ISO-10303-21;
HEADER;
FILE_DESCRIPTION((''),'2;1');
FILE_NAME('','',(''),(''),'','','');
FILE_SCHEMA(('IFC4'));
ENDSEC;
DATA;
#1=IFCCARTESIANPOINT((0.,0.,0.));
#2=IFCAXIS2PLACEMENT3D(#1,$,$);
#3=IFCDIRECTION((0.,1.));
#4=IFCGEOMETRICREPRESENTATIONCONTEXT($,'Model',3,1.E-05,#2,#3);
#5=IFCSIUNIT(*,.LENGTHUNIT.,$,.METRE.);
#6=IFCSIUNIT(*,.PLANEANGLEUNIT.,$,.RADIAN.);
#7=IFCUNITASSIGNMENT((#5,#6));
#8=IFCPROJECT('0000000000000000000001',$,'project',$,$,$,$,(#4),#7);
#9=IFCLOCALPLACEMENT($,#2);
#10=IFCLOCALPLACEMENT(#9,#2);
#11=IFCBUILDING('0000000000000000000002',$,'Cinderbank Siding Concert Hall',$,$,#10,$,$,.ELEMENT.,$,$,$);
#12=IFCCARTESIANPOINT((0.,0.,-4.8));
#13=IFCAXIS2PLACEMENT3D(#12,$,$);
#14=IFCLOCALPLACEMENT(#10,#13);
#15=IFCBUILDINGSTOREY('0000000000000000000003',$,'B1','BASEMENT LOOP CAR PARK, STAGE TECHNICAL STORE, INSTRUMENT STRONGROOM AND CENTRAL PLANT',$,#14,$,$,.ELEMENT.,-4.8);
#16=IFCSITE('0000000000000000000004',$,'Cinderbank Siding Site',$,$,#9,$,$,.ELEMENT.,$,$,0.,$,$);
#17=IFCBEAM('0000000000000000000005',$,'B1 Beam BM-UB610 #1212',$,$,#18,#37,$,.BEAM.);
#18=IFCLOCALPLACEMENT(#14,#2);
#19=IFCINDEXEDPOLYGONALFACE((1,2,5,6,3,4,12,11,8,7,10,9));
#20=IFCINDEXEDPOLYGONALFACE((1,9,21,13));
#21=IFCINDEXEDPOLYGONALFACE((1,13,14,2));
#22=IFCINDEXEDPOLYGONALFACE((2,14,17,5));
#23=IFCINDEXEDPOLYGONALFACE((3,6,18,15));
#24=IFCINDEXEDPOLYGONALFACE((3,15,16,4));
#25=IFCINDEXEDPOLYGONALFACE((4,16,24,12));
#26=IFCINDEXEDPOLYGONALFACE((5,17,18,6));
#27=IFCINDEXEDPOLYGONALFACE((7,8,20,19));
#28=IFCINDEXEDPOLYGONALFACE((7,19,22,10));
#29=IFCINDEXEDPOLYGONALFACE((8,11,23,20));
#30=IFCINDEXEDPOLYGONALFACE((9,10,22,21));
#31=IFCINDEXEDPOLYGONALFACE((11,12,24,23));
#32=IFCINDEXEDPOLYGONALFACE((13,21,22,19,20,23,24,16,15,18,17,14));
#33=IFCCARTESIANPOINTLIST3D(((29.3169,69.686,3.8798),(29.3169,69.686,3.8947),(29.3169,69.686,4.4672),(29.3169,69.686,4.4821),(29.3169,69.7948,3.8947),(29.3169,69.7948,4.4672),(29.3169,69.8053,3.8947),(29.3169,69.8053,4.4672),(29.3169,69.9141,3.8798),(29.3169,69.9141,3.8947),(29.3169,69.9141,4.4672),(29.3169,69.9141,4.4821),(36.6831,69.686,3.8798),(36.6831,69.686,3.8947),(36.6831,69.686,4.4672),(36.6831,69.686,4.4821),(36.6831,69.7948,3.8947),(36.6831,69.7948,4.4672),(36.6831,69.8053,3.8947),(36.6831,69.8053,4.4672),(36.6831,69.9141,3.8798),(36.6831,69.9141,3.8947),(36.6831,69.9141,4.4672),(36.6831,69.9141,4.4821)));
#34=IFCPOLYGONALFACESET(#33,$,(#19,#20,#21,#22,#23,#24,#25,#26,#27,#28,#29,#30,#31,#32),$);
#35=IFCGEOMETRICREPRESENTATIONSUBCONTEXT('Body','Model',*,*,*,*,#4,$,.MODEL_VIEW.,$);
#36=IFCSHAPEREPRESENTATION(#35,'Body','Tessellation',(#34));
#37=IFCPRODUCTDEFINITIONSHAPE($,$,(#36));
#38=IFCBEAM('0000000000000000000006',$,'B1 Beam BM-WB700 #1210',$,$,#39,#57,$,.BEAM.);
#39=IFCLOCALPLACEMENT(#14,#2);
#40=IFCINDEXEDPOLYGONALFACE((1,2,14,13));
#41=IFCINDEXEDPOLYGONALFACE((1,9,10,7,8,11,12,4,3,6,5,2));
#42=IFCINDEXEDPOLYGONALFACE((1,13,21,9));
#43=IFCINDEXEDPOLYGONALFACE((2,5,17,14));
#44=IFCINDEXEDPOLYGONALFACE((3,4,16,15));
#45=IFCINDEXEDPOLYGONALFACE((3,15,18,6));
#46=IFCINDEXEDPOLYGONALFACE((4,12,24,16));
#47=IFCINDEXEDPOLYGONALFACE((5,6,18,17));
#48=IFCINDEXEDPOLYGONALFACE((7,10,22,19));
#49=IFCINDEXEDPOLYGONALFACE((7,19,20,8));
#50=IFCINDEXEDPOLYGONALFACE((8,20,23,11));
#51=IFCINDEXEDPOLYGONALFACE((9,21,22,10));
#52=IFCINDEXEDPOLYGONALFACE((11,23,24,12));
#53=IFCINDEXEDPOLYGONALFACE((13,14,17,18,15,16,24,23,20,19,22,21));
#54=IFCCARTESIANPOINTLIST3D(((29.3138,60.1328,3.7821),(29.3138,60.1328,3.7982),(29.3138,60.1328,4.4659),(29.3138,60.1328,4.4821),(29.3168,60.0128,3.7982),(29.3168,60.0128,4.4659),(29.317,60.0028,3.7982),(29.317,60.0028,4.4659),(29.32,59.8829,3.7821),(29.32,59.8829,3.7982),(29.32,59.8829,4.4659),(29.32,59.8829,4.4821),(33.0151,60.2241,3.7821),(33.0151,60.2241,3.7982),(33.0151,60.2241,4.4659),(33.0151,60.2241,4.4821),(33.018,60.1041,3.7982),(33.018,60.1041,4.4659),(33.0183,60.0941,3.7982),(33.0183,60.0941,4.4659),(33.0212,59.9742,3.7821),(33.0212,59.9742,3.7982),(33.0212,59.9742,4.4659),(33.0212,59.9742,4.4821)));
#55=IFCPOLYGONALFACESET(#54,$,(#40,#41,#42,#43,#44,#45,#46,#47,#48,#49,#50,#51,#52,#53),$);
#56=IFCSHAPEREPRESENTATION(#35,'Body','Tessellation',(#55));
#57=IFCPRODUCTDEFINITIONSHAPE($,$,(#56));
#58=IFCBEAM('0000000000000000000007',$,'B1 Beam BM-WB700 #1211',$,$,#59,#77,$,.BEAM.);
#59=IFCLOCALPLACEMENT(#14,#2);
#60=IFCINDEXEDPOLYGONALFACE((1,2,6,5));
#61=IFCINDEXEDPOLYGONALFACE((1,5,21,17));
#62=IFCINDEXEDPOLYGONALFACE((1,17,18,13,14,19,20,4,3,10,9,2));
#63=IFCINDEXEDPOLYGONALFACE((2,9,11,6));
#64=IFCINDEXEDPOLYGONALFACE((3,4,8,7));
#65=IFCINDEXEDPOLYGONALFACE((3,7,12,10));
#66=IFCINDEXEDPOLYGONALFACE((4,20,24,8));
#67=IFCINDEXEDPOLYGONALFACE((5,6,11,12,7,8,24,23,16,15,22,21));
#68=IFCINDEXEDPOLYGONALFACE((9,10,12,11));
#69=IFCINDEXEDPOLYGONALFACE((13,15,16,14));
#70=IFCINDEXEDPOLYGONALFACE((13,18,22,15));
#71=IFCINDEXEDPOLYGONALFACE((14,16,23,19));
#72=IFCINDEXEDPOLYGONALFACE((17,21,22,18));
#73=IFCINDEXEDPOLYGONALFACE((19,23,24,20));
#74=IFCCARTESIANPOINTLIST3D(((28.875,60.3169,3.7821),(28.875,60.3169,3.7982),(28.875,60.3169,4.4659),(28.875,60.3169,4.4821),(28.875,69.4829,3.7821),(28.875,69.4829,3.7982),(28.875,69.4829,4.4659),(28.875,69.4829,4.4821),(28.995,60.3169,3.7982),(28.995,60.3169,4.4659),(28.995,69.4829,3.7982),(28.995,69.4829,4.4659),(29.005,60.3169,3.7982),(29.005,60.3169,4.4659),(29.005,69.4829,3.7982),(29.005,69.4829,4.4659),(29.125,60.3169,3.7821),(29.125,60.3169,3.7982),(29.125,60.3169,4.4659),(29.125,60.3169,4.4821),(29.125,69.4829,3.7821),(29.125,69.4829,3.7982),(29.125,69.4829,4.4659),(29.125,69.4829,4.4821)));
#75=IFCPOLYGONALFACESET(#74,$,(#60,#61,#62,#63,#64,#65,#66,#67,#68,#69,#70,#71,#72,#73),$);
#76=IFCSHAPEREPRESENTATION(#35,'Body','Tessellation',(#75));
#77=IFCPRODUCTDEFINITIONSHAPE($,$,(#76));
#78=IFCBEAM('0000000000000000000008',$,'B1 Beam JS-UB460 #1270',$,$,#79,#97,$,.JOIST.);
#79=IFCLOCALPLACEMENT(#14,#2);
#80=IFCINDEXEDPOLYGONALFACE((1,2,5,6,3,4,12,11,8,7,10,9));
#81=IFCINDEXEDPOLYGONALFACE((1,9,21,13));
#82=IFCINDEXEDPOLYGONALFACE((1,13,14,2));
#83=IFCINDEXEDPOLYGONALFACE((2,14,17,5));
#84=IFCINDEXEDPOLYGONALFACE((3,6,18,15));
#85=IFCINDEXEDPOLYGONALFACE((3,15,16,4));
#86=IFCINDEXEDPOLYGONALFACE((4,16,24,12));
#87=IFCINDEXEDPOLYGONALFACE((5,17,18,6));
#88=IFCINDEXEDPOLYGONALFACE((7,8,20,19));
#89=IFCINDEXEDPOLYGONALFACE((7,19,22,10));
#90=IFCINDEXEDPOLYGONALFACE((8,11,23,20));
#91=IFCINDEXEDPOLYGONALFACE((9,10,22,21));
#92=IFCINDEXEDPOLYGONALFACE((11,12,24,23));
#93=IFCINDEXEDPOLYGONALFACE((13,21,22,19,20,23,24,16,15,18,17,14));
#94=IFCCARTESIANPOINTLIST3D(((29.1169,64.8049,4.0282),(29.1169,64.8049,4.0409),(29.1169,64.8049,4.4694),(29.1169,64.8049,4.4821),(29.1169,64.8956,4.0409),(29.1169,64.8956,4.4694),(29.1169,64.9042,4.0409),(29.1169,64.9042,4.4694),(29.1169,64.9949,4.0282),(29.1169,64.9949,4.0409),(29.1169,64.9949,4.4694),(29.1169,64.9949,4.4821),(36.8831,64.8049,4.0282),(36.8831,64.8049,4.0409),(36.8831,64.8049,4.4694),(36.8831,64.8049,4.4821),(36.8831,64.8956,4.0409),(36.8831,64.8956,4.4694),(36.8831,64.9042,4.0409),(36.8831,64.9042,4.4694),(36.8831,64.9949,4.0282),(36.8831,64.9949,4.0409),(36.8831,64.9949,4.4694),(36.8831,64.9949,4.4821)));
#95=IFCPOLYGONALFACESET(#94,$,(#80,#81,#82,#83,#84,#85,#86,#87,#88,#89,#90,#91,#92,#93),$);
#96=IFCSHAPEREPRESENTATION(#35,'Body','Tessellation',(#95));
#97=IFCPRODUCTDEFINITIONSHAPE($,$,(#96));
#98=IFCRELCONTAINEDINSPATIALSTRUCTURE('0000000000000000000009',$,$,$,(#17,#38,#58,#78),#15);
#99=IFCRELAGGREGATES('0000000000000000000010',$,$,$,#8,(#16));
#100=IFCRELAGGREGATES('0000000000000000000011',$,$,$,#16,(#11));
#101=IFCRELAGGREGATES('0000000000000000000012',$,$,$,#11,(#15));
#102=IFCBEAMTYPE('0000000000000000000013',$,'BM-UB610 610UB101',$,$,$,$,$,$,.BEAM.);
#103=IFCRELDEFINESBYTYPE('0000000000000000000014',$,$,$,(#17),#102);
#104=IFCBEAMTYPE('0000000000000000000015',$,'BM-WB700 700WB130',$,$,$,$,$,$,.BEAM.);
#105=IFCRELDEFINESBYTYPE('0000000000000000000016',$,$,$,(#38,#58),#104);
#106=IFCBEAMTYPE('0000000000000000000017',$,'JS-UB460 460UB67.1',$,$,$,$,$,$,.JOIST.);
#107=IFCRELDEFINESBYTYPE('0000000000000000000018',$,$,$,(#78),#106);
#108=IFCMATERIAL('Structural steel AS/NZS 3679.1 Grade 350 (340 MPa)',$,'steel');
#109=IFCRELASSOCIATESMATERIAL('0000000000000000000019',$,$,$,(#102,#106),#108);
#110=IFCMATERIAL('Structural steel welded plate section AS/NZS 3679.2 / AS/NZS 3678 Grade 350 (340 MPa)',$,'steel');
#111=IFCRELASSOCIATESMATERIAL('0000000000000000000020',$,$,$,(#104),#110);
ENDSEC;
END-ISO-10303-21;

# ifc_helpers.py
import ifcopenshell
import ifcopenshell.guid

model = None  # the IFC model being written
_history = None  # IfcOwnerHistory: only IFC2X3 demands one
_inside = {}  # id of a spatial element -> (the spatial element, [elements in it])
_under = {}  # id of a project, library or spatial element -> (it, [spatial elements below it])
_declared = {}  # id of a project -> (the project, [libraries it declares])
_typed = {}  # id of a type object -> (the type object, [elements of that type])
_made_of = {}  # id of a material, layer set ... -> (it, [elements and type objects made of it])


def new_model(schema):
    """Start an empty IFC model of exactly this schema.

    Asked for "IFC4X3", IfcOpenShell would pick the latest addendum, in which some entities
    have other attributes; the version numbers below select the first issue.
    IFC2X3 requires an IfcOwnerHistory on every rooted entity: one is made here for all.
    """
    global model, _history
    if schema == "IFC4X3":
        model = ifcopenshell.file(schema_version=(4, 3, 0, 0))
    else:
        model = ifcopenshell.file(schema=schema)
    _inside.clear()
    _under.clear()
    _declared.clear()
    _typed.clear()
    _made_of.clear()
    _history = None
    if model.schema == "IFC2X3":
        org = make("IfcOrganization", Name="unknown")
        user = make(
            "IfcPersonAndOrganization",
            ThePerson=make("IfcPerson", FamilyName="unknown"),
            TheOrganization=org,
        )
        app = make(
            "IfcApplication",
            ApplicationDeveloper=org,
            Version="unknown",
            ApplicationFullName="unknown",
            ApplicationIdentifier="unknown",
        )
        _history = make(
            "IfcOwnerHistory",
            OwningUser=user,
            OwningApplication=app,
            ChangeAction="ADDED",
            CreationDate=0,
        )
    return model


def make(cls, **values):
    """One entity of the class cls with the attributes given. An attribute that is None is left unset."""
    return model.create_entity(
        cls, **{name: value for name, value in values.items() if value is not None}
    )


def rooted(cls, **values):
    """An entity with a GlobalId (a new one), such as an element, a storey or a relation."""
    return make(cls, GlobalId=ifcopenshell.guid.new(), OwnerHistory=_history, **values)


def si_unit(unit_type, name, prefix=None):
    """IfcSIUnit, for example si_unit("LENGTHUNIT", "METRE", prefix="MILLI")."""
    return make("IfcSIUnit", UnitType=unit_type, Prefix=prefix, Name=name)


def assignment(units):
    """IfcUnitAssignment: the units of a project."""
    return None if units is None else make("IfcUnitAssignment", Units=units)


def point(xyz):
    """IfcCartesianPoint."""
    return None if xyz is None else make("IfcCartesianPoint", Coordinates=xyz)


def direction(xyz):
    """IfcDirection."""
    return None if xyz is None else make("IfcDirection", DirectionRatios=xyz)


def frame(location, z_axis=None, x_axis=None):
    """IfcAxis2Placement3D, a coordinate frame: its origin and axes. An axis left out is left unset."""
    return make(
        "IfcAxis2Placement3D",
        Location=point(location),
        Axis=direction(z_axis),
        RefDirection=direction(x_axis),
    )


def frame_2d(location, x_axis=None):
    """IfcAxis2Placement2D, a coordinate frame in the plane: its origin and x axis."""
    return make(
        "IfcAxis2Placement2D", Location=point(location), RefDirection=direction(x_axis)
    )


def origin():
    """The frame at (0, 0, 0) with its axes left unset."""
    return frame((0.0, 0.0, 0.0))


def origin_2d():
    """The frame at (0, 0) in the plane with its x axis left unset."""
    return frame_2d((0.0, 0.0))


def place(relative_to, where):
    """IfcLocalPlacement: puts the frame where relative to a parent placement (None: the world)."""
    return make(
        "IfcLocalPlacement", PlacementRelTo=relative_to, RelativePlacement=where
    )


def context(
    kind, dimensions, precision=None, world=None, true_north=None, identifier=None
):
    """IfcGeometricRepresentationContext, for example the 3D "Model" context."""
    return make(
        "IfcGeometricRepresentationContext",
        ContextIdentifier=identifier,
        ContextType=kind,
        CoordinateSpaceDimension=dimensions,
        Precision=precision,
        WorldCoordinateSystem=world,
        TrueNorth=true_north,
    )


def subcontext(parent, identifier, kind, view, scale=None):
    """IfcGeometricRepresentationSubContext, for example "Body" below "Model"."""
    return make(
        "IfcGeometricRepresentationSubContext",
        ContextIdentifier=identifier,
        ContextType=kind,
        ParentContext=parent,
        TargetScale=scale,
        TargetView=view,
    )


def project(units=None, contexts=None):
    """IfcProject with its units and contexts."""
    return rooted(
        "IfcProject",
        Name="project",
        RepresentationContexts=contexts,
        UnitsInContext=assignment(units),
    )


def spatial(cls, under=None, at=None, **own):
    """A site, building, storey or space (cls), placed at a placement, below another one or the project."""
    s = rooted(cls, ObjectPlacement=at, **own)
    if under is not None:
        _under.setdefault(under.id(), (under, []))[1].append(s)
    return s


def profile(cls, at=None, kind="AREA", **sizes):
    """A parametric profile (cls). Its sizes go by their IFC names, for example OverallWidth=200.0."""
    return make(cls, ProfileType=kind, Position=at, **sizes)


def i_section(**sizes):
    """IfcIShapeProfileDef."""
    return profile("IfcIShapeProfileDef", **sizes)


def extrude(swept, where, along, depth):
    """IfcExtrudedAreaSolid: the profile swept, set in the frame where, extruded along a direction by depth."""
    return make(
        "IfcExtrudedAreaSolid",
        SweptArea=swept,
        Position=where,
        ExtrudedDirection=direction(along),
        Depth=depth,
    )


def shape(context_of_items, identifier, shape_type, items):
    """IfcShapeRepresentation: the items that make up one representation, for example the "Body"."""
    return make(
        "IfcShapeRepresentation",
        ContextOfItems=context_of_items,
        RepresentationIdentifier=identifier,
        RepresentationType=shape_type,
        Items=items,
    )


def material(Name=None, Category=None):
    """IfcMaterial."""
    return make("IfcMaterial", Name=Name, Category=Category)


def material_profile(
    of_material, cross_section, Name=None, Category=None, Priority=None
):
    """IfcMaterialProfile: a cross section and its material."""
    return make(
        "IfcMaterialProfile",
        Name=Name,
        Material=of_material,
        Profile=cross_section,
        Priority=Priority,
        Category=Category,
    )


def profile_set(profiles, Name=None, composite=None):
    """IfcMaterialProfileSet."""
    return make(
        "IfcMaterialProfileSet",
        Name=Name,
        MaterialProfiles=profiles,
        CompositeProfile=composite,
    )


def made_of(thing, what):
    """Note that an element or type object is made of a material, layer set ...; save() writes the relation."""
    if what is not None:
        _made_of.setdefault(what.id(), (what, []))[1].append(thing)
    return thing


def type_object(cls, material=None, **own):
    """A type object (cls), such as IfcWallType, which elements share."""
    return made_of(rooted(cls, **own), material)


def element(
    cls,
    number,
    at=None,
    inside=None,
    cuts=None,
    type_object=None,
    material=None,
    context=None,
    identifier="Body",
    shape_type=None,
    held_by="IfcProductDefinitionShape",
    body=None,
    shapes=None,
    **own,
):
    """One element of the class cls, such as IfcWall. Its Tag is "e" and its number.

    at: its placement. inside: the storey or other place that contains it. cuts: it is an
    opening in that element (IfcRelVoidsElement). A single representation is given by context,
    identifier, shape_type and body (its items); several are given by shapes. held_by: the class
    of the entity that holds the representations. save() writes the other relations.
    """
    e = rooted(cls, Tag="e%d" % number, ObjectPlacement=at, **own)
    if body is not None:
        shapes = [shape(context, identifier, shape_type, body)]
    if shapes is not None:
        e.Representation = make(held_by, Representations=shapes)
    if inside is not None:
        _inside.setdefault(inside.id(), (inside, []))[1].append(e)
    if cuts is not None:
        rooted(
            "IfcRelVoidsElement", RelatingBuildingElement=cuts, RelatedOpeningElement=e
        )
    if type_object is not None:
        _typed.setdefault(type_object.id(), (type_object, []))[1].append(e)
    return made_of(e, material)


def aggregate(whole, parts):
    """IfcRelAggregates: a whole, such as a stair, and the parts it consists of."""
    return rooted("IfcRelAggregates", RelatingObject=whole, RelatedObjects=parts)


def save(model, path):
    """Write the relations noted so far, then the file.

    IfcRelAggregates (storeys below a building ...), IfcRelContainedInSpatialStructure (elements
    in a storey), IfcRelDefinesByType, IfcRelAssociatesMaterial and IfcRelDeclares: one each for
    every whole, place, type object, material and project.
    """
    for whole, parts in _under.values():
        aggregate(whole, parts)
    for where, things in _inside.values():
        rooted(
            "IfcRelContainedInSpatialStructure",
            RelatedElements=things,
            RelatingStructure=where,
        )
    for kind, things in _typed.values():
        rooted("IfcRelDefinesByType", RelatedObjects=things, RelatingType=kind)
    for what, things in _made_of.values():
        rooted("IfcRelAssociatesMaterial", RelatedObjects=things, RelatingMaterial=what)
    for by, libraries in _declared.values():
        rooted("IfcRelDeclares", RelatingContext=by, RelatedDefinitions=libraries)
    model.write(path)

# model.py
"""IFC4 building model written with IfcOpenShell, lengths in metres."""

from ifc_helpers import new_model, si_unit, direction, frame, origin, origin_2d, place, context, subcontext, project, spatial, i_section, extrude, material, material_profile, profile_set, type_object, element, save


model = new_model("IFC4")

# Units and contexts
model_context = context("Model", 3, precision=1e-05, world=origin(), true_north=direction((0.0, 1.0)))
body_context = subcontext(model_context, "Body", "Model", "MODEL_VIEW")
ifc_project = project(units=[si_unit("LENGTHUNIT", "METRE"), si_unit("PLANEANGLEUNIT", "RADIAN")], contexts=[model_context])

# Site, building, storey
site_placement = place(None, origin())
site = spatial("IfcSite", under=ifc_project, at=site_placement, Name="Cinderbank Siding Site", CompositionType="ELEMENT", RefElevation=0.0)
building_placement = place(site_placement, origin())
building = spatial("IfcBuilding", under=site, at=building_placement, Name="Cinderbank Siding Concert Hall", CompositionType="ELEMENT")
storey_placement = place(building_placement, frame((0.0, 0.0, -4.8)))
storey = spatial("IfcBuildingStorey", under=building, at=storey_placement, Name="B1", Description="BASEMENT LOOP CAR PARK, STAGE TECHNICAL STORE, INSTRUMENT STRONGROOM AND CENTRAL PLANT", CompositionType="ELEMENT", Elevation=-4.8)

# Shared definitions
ifc_material_1 = material(Name="Structural steel AS/NZS 3679.1 Grade 350 (340 MPa)", Category="steel")

# Beams
ifc_material_profile_1 = material_profile(ifc_material_1, i_section(OverallWidth=0.228, OverallDepth=0.6023, WebThickness=0.0105, FlangeThickness=0.0149, at=origin_2d()), Name="610UB101", Category="LoadBearing")
ifc_profile_set_1 = profile_set([ifc_material_profile_1], Name="Structural steel AS/NZS 3679.1 Grade 350 (340 MPa)")
beam_type_1 = type_object("IfcBeamType", Name="BM-UB610 610UB101", PredefinedType="BEAM", material=ifc_profile_set_1)
beam_1_placement = place(storey_placement, frame((29.3169, 69.8, 4.1809), z_axis=(1.0, 0.0, 0.0), x_axis=(0.0, 1.0, 0.0)))
element("IfcBeam", 1, at=beam_1_placement, inside=storey, type_object=beam_type_1, Name="B1 Beam BM-UB610 #1212", PredefinedType="BEAM", context=body_context, shape_type="SweptSolid", body=[
    extrude(i_section(OverallWidth=0.228, OverallDepth=0.6023, WebThickness=0.0105, FlangeThickness=0.0149, at=origin_2d()), origin(), (0.0, 0.0, 1.0), 7.3662),
])
ifc_material_2 = material(Name="Structural steel welded plate section AS/NZS 3679.2 / AS/NZS 3678 Grade 350 (340 MPa)", Category="steel")
ifc_material_profile_2 = material_profile(ifc_material_2, i_section(OverallWidth=0.25, OverallDepth=0.7, WebThickness=0.01, FlangeThickness=0.0161, at=origin_2d()), Name="700WB130", Category="LoadBearing")
ifc_profile_set_2 = profile_set([ifc_material_profile_2], Name="Structural steel welded plate section AS/NZS 3679.2 / AS/NZS 3678 Grade 350 (340 MPa)")
beam_type_2 = type_object("IfcBeamType", Name="BM-WB700 700WB130", PredefinedType="BEAM", material=ifc_profile_set_2)
beam_2_placement = place(storey_placement, frame((29.3169, 60.0078, 4.1321), z_axis=(0.999696, 0.024663, 0.0), x_axis=(-0.024663, 0.999696, 0.0)))
element("IfcBeam", 2, at=beam_2_placement, inside=storey, type_object=beam_type_2, Name="B1 Beam BM-WB700 #1210", PredefinedType="BEAM", context=body_context, shape_type="SweptSolid", body=[
    extrude(i_section(OverallWidth=0.25, OverallDepth=0.7, WebThickness=0.01, FlangeThickness=0.0161, at=origin_2d()), origin(), (0.0, 0.0, 1.0), 3.7024),
])
beam_3_placement = place(storey_placement, frame((29.0, 60.3169, 4.1321), z_axis=(0.0, 1.0, 0.0), x_axis=(-1.0, 0.0, 0.0)))
element("IfcBeam", 3, at=beam_3_placement, inside=storey, type_object=beam_type_2, Name="B1 Beam BM-WB700 #1211", PredefinedType="BEAM", context=body_context, shape_type="SweptSolid", body=[
    extrude(i_section(OverallWidth=0.25, OverallDepth=0.7, WebThickness=0.01, FlangeThickness=0.0161, at=origin_2d()), origin(), (0.0, 0.0, 1.0), 9.166),
])
ifc_material_profile_3 = material_profile(ifc_material_1, i_section(OverallWidth=0.1899, OverallDepth=0.4539, WebThickness=0.0085, FlangeThickness=0.0127, at=origin_2d()), Name="460UB67.1", Category="LoadBearing")
ifc_profile_set_3 = profile_set([ifc_material_profile_3], Name="Structural steel AS/NZS 3679.1 Grade 350 (340 MPa)")
beam_type_3 = type_object("IfcBeamType", Name="JS-UB460 460UB67.1", PredefinedType="JOIST", material=ifc_profile_set_3)
beam_4_placement = place(storey_placement, frame((29.1169, 64.8999, 4.2551), z_axis=(1.0, 0.0, 0.0), x_axis=(0.0, 1.0, 0.0)))
element("IfcBeam", 4, at=beam_4_placement, inside=storey, type_object=beam_type_3, Name="B1 Beam JS-UB460 #1270", PredefinedType="JOIST", context=body_context, shape_type="SweptSolid", body=[
    extrude(i_section(OverallWidth=0.1899, OverallDepth=0.4539, WebThickness=0.0085, FlangeThickness=0.0127, at=origin_2d()), origin(), (0.0, 0.0, 1.0), 7.7661),
])

save(model, "model.ifc")
